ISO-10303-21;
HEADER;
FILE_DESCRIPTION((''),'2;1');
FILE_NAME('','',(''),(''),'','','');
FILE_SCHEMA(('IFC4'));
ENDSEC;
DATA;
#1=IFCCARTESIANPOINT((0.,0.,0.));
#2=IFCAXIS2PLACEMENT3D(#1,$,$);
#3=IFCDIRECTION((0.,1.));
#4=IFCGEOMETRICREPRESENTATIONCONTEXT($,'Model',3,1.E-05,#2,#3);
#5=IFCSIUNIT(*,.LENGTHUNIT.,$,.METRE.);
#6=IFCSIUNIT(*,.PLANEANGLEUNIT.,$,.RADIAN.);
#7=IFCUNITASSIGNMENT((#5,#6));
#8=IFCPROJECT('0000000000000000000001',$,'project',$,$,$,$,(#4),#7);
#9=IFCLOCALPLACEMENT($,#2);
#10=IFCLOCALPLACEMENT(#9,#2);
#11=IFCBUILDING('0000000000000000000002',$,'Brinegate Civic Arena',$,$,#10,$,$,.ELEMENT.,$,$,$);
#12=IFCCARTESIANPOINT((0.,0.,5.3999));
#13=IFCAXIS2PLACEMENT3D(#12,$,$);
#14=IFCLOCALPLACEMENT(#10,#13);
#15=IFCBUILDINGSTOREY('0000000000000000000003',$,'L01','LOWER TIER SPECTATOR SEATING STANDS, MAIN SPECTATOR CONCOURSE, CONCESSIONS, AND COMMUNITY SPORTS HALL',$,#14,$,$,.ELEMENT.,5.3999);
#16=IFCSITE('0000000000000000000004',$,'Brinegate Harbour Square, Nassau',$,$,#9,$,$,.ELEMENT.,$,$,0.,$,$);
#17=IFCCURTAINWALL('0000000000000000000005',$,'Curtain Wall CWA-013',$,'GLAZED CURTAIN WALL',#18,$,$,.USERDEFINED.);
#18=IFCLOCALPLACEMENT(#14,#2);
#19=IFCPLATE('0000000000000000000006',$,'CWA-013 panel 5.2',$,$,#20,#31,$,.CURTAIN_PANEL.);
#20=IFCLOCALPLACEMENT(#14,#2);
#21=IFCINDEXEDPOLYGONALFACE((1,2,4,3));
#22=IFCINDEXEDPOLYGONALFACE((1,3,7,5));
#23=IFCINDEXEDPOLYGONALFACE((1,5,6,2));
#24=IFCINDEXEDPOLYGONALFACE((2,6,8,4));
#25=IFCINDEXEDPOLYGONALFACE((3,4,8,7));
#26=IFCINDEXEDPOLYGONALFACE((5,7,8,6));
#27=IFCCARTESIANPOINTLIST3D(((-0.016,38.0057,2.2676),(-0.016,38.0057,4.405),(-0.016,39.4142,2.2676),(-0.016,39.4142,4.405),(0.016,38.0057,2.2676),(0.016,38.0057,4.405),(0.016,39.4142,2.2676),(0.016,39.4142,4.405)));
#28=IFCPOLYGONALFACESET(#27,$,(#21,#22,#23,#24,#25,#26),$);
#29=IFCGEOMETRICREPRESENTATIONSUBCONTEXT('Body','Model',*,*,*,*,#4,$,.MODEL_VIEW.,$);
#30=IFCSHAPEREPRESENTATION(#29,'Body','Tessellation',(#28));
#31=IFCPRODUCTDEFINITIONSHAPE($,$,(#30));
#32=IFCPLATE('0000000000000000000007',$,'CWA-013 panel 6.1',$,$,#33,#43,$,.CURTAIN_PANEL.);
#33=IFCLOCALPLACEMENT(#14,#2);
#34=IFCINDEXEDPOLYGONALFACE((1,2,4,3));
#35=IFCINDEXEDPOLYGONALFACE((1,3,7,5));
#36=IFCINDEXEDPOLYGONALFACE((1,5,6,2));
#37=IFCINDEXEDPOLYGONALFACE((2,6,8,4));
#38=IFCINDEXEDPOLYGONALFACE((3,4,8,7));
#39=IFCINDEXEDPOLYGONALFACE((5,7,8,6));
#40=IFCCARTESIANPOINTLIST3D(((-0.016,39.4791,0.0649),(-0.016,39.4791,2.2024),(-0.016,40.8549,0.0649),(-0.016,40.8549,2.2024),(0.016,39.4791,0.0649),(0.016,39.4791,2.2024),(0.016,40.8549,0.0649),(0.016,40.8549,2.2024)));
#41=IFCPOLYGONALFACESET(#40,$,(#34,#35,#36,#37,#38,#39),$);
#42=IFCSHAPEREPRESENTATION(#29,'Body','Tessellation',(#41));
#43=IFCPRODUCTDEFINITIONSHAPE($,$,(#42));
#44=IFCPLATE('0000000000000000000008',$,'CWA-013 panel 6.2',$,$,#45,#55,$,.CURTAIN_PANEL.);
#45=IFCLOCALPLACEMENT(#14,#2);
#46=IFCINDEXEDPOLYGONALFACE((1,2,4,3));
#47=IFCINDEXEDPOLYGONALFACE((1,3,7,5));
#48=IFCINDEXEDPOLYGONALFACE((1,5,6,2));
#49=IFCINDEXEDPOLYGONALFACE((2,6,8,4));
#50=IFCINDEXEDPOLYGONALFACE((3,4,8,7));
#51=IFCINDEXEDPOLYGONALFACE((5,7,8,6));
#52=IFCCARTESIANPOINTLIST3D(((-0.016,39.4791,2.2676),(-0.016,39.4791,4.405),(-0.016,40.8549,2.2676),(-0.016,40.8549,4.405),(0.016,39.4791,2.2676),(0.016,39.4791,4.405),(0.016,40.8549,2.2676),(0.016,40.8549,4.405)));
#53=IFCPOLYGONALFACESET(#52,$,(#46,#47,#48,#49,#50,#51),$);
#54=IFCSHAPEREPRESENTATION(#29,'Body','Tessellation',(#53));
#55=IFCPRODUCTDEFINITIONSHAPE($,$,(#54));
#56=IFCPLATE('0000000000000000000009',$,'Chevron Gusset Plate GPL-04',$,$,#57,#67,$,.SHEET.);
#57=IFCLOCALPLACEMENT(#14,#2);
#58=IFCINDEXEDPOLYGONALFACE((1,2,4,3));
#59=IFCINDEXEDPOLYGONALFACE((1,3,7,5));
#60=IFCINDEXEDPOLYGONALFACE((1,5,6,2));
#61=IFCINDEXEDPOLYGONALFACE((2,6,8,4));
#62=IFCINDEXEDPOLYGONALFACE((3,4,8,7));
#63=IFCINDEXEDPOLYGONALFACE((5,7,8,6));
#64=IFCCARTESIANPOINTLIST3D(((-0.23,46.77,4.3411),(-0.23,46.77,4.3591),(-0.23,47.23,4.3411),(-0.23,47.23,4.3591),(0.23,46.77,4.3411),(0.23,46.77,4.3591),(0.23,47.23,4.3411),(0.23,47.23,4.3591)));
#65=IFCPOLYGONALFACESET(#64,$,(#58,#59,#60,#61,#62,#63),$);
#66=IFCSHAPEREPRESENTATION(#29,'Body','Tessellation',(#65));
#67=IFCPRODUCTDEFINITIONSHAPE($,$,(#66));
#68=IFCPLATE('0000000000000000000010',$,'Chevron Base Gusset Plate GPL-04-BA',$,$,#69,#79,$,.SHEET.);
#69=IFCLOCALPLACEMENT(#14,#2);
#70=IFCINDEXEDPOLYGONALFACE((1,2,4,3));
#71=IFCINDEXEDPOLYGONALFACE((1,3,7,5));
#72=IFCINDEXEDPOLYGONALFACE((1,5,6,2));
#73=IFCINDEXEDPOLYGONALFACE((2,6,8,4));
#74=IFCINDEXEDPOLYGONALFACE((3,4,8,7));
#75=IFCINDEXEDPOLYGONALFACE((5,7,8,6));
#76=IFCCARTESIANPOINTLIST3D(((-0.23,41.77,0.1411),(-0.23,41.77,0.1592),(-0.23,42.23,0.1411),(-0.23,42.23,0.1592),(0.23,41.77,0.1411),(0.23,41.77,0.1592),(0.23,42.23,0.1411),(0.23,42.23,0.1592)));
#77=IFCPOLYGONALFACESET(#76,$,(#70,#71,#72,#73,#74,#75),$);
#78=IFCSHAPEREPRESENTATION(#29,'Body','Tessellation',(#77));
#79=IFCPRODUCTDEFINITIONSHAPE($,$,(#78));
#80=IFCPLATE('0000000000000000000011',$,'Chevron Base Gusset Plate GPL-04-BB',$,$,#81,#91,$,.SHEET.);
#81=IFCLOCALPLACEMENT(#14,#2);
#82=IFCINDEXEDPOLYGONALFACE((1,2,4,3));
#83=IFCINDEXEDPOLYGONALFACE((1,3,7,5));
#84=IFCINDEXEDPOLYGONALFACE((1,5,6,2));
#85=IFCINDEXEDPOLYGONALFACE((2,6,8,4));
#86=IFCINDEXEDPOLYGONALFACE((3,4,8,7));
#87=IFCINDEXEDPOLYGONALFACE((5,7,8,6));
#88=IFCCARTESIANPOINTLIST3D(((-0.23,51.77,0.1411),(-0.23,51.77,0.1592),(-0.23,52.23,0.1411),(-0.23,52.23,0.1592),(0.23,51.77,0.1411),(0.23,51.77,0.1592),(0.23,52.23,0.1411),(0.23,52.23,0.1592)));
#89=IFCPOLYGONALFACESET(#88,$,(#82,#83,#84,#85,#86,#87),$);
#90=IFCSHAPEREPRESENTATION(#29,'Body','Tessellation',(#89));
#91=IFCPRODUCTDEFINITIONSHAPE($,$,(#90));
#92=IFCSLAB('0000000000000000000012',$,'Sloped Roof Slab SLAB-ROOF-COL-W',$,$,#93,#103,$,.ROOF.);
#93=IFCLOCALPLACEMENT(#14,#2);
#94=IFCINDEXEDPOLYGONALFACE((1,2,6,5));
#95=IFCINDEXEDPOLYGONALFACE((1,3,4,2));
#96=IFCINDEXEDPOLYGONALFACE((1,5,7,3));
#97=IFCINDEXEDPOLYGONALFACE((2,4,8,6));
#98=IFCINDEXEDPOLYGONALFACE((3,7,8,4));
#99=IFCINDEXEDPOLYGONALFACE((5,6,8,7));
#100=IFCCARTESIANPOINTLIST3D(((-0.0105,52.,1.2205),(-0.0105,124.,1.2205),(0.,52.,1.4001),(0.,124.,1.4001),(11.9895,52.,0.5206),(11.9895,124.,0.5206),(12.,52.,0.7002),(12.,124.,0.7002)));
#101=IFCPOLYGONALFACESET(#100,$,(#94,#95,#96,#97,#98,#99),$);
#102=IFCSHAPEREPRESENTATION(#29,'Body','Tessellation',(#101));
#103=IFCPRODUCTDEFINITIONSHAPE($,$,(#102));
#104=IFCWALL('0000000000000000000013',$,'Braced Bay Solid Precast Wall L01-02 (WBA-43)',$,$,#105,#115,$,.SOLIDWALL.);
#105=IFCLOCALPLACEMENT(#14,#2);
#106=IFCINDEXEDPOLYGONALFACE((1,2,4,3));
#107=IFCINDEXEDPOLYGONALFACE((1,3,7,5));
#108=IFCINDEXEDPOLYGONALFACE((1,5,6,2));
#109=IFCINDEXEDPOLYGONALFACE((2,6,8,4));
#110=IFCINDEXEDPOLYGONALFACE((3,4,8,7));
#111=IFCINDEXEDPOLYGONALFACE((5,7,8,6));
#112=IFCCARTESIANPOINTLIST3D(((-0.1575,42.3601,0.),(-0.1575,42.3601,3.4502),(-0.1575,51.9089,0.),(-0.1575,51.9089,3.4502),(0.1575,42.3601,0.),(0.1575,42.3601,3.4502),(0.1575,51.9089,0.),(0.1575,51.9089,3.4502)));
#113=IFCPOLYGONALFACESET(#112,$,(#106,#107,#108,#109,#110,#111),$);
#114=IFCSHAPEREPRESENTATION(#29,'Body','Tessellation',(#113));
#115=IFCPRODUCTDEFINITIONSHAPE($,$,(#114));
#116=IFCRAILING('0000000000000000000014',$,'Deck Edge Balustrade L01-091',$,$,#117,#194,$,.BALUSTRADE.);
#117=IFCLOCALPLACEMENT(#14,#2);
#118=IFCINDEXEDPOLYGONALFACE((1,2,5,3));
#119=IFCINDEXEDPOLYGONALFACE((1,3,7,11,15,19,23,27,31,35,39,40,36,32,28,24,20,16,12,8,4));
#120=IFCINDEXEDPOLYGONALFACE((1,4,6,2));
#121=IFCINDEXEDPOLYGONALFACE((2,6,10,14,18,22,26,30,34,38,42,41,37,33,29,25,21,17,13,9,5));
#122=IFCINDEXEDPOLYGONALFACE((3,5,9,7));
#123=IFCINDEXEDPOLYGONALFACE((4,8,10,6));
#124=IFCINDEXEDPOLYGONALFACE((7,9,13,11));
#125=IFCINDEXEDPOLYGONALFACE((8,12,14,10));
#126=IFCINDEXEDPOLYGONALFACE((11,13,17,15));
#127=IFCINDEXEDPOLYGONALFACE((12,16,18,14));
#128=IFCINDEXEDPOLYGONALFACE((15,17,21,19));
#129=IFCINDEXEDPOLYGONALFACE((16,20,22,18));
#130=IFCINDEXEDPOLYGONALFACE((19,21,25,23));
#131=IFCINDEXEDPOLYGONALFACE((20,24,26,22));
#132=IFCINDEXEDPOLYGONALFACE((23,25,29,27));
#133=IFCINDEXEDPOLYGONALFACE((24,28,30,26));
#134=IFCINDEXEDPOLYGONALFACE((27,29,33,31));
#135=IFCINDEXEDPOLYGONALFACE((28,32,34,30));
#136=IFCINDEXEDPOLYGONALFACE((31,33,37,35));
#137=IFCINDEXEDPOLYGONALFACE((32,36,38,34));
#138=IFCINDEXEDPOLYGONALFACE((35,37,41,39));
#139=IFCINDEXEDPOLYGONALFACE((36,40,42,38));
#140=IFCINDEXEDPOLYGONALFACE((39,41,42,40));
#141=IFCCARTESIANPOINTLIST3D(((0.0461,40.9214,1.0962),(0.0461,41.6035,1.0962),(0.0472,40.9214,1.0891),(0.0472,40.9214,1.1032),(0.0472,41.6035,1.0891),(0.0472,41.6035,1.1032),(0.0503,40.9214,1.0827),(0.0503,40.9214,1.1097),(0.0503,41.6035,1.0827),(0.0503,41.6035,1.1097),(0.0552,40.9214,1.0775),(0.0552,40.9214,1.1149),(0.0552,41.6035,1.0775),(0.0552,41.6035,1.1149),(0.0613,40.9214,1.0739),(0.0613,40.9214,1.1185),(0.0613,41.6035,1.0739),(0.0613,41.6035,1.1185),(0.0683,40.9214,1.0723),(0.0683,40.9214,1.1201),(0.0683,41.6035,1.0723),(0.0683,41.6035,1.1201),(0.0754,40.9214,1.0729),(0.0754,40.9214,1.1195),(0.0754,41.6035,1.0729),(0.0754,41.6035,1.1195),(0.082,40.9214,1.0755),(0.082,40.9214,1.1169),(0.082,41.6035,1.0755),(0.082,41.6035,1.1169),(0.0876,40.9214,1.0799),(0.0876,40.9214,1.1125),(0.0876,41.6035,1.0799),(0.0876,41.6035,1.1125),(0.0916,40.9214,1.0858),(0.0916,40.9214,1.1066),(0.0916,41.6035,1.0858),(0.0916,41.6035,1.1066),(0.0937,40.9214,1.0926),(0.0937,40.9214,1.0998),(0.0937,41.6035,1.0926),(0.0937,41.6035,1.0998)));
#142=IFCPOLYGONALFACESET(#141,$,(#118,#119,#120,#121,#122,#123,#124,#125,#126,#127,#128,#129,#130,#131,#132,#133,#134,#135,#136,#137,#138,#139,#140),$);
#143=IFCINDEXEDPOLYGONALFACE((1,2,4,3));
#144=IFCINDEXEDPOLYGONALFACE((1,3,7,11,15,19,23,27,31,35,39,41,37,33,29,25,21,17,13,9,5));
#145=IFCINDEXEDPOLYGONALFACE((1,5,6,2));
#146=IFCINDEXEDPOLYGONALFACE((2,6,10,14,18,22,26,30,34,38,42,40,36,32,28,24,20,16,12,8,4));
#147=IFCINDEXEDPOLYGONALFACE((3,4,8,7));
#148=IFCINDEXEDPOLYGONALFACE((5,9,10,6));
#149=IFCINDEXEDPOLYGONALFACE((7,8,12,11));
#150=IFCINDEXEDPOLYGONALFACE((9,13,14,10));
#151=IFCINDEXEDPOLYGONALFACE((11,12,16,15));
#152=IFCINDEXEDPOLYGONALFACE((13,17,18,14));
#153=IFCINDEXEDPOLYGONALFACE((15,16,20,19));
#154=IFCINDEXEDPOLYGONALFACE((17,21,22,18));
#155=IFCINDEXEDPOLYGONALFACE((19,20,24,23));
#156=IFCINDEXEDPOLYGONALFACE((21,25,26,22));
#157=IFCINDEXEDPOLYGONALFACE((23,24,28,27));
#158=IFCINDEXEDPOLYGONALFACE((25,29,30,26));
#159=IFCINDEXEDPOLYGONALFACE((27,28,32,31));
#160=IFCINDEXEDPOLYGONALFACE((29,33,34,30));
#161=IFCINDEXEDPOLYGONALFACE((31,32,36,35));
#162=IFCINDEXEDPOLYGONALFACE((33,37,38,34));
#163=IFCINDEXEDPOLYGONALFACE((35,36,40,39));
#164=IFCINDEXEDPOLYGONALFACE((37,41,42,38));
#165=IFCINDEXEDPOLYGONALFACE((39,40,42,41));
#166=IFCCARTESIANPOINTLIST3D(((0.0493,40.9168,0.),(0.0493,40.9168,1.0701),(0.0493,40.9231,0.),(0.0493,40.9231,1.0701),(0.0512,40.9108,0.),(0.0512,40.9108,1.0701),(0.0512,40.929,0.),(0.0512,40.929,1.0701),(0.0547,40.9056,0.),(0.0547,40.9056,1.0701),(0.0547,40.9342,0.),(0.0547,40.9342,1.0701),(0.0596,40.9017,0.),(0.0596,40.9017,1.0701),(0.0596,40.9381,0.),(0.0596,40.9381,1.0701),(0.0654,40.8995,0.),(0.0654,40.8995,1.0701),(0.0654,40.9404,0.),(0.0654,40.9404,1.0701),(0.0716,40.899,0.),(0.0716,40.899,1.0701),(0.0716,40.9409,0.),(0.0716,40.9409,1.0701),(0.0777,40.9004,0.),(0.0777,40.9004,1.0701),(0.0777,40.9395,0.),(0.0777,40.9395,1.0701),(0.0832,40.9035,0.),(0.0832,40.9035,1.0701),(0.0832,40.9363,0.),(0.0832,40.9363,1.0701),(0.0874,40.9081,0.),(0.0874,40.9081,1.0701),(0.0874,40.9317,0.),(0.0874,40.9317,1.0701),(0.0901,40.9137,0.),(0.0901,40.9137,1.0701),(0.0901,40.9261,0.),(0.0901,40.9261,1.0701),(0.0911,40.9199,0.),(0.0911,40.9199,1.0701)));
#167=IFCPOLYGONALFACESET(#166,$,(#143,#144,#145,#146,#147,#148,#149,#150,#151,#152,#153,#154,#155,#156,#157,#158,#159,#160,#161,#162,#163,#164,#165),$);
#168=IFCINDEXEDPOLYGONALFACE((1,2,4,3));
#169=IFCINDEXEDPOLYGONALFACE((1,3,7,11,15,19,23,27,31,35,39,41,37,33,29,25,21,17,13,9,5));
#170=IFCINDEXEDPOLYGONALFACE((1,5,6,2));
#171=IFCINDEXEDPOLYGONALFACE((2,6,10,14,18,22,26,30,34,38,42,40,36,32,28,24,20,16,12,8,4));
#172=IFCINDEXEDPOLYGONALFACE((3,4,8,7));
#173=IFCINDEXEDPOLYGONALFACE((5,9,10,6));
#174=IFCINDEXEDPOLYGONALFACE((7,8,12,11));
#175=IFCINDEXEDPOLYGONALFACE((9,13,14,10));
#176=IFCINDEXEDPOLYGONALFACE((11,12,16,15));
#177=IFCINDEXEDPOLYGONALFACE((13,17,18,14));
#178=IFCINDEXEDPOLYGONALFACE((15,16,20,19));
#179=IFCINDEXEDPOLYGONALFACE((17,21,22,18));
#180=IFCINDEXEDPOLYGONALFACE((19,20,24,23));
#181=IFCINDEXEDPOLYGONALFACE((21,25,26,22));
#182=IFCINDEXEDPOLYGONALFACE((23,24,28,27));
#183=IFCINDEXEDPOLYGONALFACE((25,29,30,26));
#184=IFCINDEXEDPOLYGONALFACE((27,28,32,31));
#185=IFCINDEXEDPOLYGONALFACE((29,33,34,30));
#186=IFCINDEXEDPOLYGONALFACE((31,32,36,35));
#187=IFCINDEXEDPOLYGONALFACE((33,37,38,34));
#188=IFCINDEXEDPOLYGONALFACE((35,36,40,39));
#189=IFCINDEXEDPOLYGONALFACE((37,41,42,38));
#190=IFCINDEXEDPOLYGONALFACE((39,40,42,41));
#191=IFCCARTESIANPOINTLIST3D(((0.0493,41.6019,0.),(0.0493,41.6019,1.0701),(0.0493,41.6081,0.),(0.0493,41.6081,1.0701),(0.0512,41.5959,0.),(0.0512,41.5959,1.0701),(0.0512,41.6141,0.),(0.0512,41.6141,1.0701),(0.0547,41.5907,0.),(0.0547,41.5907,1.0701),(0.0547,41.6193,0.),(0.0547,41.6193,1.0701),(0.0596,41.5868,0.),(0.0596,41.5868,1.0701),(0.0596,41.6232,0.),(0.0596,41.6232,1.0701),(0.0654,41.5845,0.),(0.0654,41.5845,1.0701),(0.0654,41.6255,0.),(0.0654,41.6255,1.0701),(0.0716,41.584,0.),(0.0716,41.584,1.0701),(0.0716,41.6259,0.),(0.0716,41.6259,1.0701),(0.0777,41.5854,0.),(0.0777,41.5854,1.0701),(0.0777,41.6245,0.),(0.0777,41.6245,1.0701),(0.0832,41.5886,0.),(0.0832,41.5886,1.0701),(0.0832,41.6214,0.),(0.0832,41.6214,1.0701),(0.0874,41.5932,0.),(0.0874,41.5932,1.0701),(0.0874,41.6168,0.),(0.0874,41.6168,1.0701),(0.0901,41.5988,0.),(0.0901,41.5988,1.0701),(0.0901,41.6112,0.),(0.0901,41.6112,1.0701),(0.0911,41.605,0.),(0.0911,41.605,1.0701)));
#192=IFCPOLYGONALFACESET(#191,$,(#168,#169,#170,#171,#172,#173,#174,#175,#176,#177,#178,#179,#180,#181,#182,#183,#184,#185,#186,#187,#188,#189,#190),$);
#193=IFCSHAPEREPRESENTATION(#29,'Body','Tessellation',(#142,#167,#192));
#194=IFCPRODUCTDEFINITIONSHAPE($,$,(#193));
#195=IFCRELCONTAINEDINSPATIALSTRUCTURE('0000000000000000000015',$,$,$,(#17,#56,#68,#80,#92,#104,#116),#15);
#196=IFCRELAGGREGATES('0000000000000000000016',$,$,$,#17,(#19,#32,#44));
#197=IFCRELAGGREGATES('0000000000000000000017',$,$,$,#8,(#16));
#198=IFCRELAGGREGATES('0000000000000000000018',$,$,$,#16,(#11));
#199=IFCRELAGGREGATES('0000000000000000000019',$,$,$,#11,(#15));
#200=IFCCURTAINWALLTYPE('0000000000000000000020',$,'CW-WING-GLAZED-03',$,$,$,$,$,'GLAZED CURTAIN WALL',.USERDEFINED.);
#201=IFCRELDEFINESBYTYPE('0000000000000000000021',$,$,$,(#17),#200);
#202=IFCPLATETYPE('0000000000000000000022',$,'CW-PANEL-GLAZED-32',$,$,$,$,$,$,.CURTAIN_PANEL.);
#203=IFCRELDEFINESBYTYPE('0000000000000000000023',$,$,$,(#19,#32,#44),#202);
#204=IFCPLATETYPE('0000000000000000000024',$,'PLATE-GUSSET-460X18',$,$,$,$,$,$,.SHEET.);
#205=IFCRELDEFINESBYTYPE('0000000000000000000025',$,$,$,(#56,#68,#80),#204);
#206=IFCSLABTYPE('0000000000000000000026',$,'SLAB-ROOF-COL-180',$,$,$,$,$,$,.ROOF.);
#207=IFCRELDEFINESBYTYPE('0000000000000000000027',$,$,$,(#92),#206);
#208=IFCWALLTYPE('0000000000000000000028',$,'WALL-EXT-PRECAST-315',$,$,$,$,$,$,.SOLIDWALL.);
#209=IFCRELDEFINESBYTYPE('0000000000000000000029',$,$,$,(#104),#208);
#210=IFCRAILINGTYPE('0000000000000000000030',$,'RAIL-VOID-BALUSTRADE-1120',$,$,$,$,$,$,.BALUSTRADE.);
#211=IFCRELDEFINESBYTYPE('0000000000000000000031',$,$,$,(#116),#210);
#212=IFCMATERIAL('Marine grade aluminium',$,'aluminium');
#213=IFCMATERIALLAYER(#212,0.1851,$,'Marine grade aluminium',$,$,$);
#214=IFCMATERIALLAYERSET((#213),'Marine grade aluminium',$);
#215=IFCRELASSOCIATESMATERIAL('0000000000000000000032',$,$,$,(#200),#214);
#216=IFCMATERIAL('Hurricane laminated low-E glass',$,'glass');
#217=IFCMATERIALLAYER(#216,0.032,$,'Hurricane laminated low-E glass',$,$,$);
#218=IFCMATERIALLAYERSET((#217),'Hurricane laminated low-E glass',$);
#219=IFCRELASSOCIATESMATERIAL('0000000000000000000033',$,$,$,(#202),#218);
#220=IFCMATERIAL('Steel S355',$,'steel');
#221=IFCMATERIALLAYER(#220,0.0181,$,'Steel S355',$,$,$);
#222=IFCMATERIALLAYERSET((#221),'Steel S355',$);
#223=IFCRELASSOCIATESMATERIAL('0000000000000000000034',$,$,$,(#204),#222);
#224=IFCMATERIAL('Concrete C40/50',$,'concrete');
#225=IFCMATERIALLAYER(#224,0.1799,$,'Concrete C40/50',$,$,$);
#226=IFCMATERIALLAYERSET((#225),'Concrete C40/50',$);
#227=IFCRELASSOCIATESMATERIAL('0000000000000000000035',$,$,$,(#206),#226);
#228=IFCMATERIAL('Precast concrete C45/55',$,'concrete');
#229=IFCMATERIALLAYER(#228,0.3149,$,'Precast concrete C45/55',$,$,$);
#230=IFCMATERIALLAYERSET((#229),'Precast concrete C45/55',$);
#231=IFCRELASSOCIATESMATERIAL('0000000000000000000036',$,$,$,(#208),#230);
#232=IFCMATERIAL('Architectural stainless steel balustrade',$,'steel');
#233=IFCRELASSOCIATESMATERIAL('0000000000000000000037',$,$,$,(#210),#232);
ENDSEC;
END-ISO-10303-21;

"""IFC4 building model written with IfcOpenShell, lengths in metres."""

from ifc_helpers import new_model, si_unit, direction, frame, frame_2d, origin, origin_2d, place, context, subcontext, project, spatial, polyline, rectangle, circle, outline, extrude, material, layer, layer_set, type_object, element, aggregate, save


model = new_model("IFC4")

# Units and contexts
model_context = context("Model", 3, precision=1e-05, world=origin(), true_north=direction((0.0, 1.0)))
body_context = subcontext(model_context, "Body", "Model", "MODEL_VIEW")
ifc_project = project(units=[si_unit("LENGTHUNIT", "METRE"), si_unit("PLANEANGLEUNIT", "RADIAN")], contexts=[model_context])

# Site, building, storey
site_placement = place(None, origin())
site = spatial("IfcSite", under=ifc_project, at=site_placement, Name="Brinegate Harbour Square, Nassau", CompositionType="ELEMENT", RefElevation=0.0)
building_placement = place(site_placement, origin())
building = spatial("IfcBuilding", under=site, at=building_placement, Name="Brinegate Civic Arena", CompositionType="ELEMENT")
storey_placement = place(building_placement, frame((0.0, 0.0, 5.3999)))
storey = spatial("IfcBuildingStorey", under=building, at=storey_placement, Name="L01", Description="LOWER TIER SPECTATOR SEATING STANDS, MAIN SPECTATOR CONCOURSE, CONCESSIONS, AND COMMUNITY SPORTS HALL", CompositionType="ELEMENT", Elevation=5.3999)

# Shared definitions
ifc_material_1 = material(Name="Steel S355", Category="steel")

# Curtain wall
ifc_material_2 = material(Name="Marine grade aluminium", Category="aluminium")
ifc_layer_1 = layer(ifc_material_2, 0.1851, Name="Marine grade aluminium")
ifc_layer_set_1 = layer_set([ifc_layer_1], Name="Marine grade aluminium")
curtain_wall_type = type_object("IfcCurtainWallType", Name="CW-WING-GLAZED-03", ElementType="GLAZED CURTAIN WALL", PredefinedType="USERDEFINED", material=ifc_layer_set_1)
curtain_wall_placement = place(storey_placement, origin())
curtain_wall = element("IfcCurtainWall", 1, at=curtain_wall_placement, inside=storey, type_object=curtain_wall_type, Name="Curtain Wall CWA-013", ObjectType="GLAZED CURTAIN WALL", PredefinedType="USERDEFINED")

# Plates
ifc_material_3 = material(Name="Hurricane laminated low-E glass", Category="glass")
ifc_layer_2 = layer(ifc_material_3, 0.032, Name="Hurricane laminated low-E glass")
ifc_layer_set_2 = layer_set([ifc_layer_2], Name="Hurricane laminated low-E glass")
plate_type_1 = type_object("IfcPlateType", Name="CW-PANEL-GLAZED-32", PredefinedType="CURTAIN_PANEL", material=ifc_layer_set_2)
plate_1_placement = place(storey_placement, frame((0.0, 38.71, 2.2676), z_axis=(0.0, 0.0, 1.0), x_axis=(0.0, 1.0, 0.0)))
plate_1 = element("IfcPlate", 2, at=plate_1_placement, type_object=plate_type_1, Name="CWA-013 panel 5.2", PredefinedType="CURTAIN_PANEL", context=body_context, shape_type="SweptSolid", body=[
    extrude(rectangle(XDim=1.4084, YDim=0.032, at=origin_2d()), origin(), (0.0, 0.0, 1.0), 2.1375),
])
plate_2_placement = place(storey_placement, frame((0.0, 40.167, 0.0649), z_axis=(0.0, 0.0, 1.0), x_axis=(0.0, 1.0, 0.0)))
plate_2 = element("IfcPlate", 3, at=plate_2_placement, type_object=plate_type_1, Name="CWA-013 panel 6.1", PredefinedType="CURTAIN_PANEL", context=body_context, shape_type="SweptSolid", body=[
    extrude(rectangle(XDim=1.3757, YDim=0.032, at=origin_2d()), origin(), (0.0, 0.0, 1.0), 2.1375),
])
plate_3_placement = place(storey_placement, frame((0.0, 40.167, 2.2676), z_axis=(0.0, 0.0, 1.0), x_axis=(0.0, 1.0, 0.0)))
plate_3 = element("IfcPlate", 4, at=plate_3_placement, type_object=plate_type_1, Name="CWA-013 panel 6.2", PredefinedType="CURTAIN_PANEL", context=body_context, shape_type="SweptSolid", body=[
    extrude(rectangle(XDim=1.3757, YDim=0.032, at=origin_2d()), origin(), (0.0, 0.0, 1.0), 2.1375),
])
aggregate(curtain_wall, [plate_1, plate_2, plate_3])

# Plates
ifc_layer_3 = layer(ifc_material_1, 0.0181, Name="Steel S355")
ifc_layer_set_3 = layer_set([ifc_layer_3], Name="Steel S355")
plate_type_2 = type_object("IfcPlateType", Name="PLATE-GUSSET-460X18", PredefinedType="SHEET", material=ifc_layer_set_3)
for number, where, z_axis, x_axis, name in (
    (5, (0.0, 47.0, 4.3411), (0.0, 0.0, 1.0), (1.0, 0.0, 0.0), "Chevron Gusset Plate GPL-04"),
    (6, (0.0, 42.0, 0.1411), (0.0, 0.0, 1.0), (1.0, 0.0, 0.0), "Chevron Base Gusset Plate GPL-04-BA"),
    (7, (0.0, 52.0, 0.1411), (0.0, 0.0, 1.0), (1.0, 0.0, 0.0), "Chevron Base Gusset Plate GPL-04-BB"),
):
    element("IfcPlate", number, at=place(storey_placement, frame(where, z_axis=z_axis, x_axis=x_axis)), inside=storey, type_object=plate_type_2, Name=name, PredefinedType="SHEET", context=body_context, shape_type="SweptSolid", body=[
        extrude(rectangle(XDim=0.46, YDim=0.46, at=origin_2d()), origin(), (0.0, 0.0, 1.0), 0.0181),
    ])

# Slab
ifc_material_4 = material(Name="Concrete C40/50", Category="concrete")
ifc_layer_4 = layer(ifc_material_4, 0.1799, Name="Concrete C40/50")
ifc_layer_set_4 = layer_set([ifc_layer_4], Name="Concrete C40/50")
slab_type = type_object("IfcSlabType", Name="SLAB-ROOF-COL-180", PredefinedType="ROOF", material=ifc_layer_set_4)
slab_placement = place(storey_placement, frame((0.0, 52.0, 1.4001), z_axis=(0.05823, 0.0, 0.998303), x_axis=(0.998303, 0.0, -0.05823)))
element("IfcSlab", 8, at=slab_placement, inside=storey, type_object=slab_type, Name="Sloped Roof Slab SLAB-ROOF-COL-W", PredefinedType="ROOF", context=body_context, shape_type="SweptSolid", body=[
    extrude(outline(polyline([(0.0, 0.0), (12.0204, 0.0), (12.0204, 72.0), (0.0, 72.0), (0.0, 0.0)])), origin(), (0.0, 0.0, -1.0), 0.1799),
])

# Wall
ifc_material_5 = material(Name="Precast concrete C45/55", Category="concrete")
ifc_layer_5 = layer(ifc_material_5, 0.3149, Name="Precast concrete C45/55")
ifc_layer_set_5 = layer_set([ifc_layer_5], Name="Precast concrete C45/55")
wall_type = type_object("IfcWallType", Name="WALL-EXT-PRECAST-315", PredefinedType="SOLIDWALL", material=ifc_layer_set_5)
wall_placement = place(storey_placement, frame((0.0, 42.3601, 0.0), z_axis=(0.0, 0.0, 1.0), x_axis=(0.0, 1.0, 0.0)))
element("IfcWall", 9, at=wall_placement, inside=storey, type_object=wall_type, Name="Braced Bay Solid Precast Wall L01-02 (WBA-43)", PredefinedType="SOLIDWALL", context=body_context, shape_type="SweptSolid", body=[
    extrude(rectangle(XDim=9.5488, YDim=0.3149, at=frame_2d((4.7744, 0.0))), origin(), (0.0, 0.0, 1.0), 3.4502),
])

# Railing
ifc_material_6 = material(Name="Architectural stainless steel balustrade", Category="steel")
railing_type = type_object("IfcRailingType", Name="RAIL-VOID-BALUSTRADE-1120", PredefinedType="BALUSTRADE", material=ifc_material_6)
railing_placement = place(storey_placement, frame((0.0701, 40.9199, 0.0)))
element("IfcRailing", 10, at=railing_placement, inside=storey, type_object=railing_type, Name="Deck Edge Balustrade L01-091", PredefinedType="BALUSTRADE", context=body_context, shape_type="SweptSolid", body=[
    extrude(circle(Radius=0.0239, at=origin_2d()), frame((0.0, 0.0015, 1.0962), z_axis=(0.0, 1.0, 0.0), x_axis=(-1.0, 0.0, 0.0)), (0.0, 0.0, 1.0), 0.6821),
    extrude(circle(Radius=0.021, at=origin_2d()), origin(), (0.0, 0.0, 1.0), 1.0701),
    extrude(circle(Radius=0.021, at=origin_2d()), frame((0.0, 0.6851, 0.0)), (0.0, 0.0, 1.0), 1.0701),
])

save(model, "model.ifc")
